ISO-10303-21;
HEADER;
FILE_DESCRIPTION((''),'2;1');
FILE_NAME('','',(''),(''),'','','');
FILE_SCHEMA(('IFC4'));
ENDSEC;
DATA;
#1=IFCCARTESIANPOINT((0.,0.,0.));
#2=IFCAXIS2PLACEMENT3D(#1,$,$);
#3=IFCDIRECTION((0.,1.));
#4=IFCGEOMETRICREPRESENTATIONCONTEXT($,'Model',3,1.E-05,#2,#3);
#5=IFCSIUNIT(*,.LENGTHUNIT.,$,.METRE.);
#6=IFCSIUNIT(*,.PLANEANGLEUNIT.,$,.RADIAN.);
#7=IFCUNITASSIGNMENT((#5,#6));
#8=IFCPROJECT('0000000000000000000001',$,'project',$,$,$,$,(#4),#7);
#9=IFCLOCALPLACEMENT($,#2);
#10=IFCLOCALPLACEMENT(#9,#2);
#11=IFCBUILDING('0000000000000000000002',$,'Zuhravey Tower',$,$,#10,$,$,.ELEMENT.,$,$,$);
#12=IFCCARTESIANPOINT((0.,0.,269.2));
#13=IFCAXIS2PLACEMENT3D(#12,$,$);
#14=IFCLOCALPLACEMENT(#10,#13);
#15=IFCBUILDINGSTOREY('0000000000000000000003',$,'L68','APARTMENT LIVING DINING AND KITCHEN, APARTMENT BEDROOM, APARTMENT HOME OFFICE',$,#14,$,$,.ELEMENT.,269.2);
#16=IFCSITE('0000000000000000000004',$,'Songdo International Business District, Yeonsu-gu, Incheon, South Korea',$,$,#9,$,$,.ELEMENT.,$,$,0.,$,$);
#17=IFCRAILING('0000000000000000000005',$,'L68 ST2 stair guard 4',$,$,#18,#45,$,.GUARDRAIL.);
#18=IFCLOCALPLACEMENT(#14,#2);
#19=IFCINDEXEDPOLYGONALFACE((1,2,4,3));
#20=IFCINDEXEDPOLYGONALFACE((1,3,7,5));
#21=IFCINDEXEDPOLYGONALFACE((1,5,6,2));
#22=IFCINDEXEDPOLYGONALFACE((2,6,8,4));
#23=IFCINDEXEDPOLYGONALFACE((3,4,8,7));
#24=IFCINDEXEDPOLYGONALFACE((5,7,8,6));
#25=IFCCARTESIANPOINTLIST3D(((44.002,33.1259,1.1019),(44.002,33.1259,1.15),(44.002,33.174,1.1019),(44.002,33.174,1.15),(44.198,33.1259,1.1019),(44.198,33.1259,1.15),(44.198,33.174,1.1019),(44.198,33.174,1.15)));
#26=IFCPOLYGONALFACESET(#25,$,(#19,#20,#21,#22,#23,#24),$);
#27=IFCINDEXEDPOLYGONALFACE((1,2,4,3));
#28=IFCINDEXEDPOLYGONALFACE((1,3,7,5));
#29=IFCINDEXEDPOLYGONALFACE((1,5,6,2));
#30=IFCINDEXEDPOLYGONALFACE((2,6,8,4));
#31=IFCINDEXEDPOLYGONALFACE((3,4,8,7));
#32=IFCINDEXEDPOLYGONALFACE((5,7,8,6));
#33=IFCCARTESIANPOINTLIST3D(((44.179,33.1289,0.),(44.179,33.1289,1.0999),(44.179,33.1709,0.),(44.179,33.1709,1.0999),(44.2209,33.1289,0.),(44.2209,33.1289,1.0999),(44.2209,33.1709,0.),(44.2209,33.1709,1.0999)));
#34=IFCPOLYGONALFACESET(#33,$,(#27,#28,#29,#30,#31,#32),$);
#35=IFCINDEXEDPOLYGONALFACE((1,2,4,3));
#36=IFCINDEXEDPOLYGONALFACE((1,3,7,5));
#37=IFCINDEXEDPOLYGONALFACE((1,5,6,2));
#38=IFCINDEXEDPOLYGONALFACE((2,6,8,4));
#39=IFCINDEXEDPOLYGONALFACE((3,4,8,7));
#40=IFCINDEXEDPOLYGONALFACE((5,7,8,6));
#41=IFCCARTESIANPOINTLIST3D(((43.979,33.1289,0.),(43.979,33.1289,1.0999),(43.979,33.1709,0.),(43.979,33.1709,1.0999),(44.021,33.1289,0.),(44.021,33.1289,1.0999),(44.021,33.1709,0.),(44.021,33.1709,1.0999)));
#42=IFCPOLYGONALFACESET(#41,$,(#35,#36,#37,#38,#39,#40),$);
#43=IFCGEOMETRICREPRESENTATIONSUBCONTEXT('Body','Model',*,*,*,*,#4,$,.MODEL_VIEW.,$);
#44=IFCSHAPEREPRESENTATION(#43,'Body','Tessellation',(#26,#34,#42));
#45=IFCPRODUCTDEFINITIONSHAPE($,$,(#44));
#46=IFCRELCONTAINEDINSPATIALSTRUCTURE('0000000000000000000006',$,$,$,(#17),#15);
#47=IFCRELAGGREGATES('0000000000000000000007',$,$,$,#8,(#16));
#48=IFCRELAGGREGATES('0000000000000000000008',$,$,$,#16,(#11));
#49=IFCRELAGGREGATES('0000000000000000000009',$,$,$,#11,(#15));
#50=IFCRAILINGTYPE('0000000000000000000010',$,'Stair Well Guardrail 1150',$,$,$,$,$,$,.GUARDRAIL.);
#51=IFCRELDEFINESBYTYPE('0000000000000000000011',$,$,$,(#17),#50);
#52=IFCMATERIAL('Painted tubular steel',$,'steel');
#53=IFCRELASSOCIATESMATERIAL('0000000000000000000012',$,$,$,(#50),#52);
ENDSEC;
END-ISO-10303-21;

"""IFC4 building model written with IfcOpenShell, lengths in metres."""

from ifc_helpers import new_model, si_unit, direction, frame, origin, origin_2d, place, context, subcontext, project, spatial, rectangle, extrude, material, type_object, element, save


model = new_model("IFC4")

# Units and contexts
model_context = context("Model", 3, precision=1e-05, world=origin(), true_north=direction((0.0, 1.0)))
body_context = subcontext(model_context, "Body", "Model", "MODEL_VIEW")
ifc_project = project(units=[si_unit("LENGTHUNIT", "METRE"), si_unit("PLANEANGLEUNIT", "RADIAN")], contexts=[model_context])

# Site, building, storey
site_placement = place(None, origin())
site = spatial("IfcSite", under=ifc_project, at=site_placement, Name="Songdo International Business District, Yeonsu-gu, Incheon, South Korea", CompositionType="ELEMENT", RefElevation=0.0)
building_placement = place(site_placement, origin())
building = spatial("IfcBuilding", under=site, at=building_placement, Name="Zuhravey Tower", CompositionType="ELEMENT")
storey_placement = place(building_placement, frame((0.0, 0.0, 269.2)))
storey = spatial("IfcBuildingStorey", under=building, at=storey_placement, Name="L68", Description="APARTMENT LIVING DINING AND KITCHEN, APARTMENT BEDROOM, APARTMENT HOME OFFICE", CompositionType="ELEMENT", Elevation=269.2)

# Railing
ifc_material_1 = material(Name="Painted tubular steel", Category="steel")
railing_type = type_object("IfcRailingType", Name="Stair Well Guardrail 1150", PredefinedType="GUARDRAIL", material=ifc_material_1)
railing_placement = place(storey_placement, frame((44.2, 33.1499, 0.0)))
element("IfcRailing", 1, at=railing_placement, inside=storey, type_object=railing_type, Name="L68 ST2 stair guard 4", PredefinedType="GUARDRAIL", context=body_context, shape_type="SweptSolid", body=[
    extrude(rectangle(XDim=0.0481, YDim=0.0481, at=origin_2d()), frame((-0.002, 0.0, 1.126), z_axis=(-1.0, 0.0, 0.0), x_axis=(0.0, -1.0, 0.0)), (0.0, 0.0, 1.0), 0.196),
    extrude(rectangle(XDim=0.042, YDim=0.042, at=origin_2d()), origin(), (0.0, 0.0, 1.0), 1.0999),
    extrude(rectangle(XDim=0.042, YDim=0.042, at=origin_2d()), frame((-0.2, 0.0, 0.0)), (0.0, 0.0, 1.0), 1.0999),
])

save(model, "model.ifc")
